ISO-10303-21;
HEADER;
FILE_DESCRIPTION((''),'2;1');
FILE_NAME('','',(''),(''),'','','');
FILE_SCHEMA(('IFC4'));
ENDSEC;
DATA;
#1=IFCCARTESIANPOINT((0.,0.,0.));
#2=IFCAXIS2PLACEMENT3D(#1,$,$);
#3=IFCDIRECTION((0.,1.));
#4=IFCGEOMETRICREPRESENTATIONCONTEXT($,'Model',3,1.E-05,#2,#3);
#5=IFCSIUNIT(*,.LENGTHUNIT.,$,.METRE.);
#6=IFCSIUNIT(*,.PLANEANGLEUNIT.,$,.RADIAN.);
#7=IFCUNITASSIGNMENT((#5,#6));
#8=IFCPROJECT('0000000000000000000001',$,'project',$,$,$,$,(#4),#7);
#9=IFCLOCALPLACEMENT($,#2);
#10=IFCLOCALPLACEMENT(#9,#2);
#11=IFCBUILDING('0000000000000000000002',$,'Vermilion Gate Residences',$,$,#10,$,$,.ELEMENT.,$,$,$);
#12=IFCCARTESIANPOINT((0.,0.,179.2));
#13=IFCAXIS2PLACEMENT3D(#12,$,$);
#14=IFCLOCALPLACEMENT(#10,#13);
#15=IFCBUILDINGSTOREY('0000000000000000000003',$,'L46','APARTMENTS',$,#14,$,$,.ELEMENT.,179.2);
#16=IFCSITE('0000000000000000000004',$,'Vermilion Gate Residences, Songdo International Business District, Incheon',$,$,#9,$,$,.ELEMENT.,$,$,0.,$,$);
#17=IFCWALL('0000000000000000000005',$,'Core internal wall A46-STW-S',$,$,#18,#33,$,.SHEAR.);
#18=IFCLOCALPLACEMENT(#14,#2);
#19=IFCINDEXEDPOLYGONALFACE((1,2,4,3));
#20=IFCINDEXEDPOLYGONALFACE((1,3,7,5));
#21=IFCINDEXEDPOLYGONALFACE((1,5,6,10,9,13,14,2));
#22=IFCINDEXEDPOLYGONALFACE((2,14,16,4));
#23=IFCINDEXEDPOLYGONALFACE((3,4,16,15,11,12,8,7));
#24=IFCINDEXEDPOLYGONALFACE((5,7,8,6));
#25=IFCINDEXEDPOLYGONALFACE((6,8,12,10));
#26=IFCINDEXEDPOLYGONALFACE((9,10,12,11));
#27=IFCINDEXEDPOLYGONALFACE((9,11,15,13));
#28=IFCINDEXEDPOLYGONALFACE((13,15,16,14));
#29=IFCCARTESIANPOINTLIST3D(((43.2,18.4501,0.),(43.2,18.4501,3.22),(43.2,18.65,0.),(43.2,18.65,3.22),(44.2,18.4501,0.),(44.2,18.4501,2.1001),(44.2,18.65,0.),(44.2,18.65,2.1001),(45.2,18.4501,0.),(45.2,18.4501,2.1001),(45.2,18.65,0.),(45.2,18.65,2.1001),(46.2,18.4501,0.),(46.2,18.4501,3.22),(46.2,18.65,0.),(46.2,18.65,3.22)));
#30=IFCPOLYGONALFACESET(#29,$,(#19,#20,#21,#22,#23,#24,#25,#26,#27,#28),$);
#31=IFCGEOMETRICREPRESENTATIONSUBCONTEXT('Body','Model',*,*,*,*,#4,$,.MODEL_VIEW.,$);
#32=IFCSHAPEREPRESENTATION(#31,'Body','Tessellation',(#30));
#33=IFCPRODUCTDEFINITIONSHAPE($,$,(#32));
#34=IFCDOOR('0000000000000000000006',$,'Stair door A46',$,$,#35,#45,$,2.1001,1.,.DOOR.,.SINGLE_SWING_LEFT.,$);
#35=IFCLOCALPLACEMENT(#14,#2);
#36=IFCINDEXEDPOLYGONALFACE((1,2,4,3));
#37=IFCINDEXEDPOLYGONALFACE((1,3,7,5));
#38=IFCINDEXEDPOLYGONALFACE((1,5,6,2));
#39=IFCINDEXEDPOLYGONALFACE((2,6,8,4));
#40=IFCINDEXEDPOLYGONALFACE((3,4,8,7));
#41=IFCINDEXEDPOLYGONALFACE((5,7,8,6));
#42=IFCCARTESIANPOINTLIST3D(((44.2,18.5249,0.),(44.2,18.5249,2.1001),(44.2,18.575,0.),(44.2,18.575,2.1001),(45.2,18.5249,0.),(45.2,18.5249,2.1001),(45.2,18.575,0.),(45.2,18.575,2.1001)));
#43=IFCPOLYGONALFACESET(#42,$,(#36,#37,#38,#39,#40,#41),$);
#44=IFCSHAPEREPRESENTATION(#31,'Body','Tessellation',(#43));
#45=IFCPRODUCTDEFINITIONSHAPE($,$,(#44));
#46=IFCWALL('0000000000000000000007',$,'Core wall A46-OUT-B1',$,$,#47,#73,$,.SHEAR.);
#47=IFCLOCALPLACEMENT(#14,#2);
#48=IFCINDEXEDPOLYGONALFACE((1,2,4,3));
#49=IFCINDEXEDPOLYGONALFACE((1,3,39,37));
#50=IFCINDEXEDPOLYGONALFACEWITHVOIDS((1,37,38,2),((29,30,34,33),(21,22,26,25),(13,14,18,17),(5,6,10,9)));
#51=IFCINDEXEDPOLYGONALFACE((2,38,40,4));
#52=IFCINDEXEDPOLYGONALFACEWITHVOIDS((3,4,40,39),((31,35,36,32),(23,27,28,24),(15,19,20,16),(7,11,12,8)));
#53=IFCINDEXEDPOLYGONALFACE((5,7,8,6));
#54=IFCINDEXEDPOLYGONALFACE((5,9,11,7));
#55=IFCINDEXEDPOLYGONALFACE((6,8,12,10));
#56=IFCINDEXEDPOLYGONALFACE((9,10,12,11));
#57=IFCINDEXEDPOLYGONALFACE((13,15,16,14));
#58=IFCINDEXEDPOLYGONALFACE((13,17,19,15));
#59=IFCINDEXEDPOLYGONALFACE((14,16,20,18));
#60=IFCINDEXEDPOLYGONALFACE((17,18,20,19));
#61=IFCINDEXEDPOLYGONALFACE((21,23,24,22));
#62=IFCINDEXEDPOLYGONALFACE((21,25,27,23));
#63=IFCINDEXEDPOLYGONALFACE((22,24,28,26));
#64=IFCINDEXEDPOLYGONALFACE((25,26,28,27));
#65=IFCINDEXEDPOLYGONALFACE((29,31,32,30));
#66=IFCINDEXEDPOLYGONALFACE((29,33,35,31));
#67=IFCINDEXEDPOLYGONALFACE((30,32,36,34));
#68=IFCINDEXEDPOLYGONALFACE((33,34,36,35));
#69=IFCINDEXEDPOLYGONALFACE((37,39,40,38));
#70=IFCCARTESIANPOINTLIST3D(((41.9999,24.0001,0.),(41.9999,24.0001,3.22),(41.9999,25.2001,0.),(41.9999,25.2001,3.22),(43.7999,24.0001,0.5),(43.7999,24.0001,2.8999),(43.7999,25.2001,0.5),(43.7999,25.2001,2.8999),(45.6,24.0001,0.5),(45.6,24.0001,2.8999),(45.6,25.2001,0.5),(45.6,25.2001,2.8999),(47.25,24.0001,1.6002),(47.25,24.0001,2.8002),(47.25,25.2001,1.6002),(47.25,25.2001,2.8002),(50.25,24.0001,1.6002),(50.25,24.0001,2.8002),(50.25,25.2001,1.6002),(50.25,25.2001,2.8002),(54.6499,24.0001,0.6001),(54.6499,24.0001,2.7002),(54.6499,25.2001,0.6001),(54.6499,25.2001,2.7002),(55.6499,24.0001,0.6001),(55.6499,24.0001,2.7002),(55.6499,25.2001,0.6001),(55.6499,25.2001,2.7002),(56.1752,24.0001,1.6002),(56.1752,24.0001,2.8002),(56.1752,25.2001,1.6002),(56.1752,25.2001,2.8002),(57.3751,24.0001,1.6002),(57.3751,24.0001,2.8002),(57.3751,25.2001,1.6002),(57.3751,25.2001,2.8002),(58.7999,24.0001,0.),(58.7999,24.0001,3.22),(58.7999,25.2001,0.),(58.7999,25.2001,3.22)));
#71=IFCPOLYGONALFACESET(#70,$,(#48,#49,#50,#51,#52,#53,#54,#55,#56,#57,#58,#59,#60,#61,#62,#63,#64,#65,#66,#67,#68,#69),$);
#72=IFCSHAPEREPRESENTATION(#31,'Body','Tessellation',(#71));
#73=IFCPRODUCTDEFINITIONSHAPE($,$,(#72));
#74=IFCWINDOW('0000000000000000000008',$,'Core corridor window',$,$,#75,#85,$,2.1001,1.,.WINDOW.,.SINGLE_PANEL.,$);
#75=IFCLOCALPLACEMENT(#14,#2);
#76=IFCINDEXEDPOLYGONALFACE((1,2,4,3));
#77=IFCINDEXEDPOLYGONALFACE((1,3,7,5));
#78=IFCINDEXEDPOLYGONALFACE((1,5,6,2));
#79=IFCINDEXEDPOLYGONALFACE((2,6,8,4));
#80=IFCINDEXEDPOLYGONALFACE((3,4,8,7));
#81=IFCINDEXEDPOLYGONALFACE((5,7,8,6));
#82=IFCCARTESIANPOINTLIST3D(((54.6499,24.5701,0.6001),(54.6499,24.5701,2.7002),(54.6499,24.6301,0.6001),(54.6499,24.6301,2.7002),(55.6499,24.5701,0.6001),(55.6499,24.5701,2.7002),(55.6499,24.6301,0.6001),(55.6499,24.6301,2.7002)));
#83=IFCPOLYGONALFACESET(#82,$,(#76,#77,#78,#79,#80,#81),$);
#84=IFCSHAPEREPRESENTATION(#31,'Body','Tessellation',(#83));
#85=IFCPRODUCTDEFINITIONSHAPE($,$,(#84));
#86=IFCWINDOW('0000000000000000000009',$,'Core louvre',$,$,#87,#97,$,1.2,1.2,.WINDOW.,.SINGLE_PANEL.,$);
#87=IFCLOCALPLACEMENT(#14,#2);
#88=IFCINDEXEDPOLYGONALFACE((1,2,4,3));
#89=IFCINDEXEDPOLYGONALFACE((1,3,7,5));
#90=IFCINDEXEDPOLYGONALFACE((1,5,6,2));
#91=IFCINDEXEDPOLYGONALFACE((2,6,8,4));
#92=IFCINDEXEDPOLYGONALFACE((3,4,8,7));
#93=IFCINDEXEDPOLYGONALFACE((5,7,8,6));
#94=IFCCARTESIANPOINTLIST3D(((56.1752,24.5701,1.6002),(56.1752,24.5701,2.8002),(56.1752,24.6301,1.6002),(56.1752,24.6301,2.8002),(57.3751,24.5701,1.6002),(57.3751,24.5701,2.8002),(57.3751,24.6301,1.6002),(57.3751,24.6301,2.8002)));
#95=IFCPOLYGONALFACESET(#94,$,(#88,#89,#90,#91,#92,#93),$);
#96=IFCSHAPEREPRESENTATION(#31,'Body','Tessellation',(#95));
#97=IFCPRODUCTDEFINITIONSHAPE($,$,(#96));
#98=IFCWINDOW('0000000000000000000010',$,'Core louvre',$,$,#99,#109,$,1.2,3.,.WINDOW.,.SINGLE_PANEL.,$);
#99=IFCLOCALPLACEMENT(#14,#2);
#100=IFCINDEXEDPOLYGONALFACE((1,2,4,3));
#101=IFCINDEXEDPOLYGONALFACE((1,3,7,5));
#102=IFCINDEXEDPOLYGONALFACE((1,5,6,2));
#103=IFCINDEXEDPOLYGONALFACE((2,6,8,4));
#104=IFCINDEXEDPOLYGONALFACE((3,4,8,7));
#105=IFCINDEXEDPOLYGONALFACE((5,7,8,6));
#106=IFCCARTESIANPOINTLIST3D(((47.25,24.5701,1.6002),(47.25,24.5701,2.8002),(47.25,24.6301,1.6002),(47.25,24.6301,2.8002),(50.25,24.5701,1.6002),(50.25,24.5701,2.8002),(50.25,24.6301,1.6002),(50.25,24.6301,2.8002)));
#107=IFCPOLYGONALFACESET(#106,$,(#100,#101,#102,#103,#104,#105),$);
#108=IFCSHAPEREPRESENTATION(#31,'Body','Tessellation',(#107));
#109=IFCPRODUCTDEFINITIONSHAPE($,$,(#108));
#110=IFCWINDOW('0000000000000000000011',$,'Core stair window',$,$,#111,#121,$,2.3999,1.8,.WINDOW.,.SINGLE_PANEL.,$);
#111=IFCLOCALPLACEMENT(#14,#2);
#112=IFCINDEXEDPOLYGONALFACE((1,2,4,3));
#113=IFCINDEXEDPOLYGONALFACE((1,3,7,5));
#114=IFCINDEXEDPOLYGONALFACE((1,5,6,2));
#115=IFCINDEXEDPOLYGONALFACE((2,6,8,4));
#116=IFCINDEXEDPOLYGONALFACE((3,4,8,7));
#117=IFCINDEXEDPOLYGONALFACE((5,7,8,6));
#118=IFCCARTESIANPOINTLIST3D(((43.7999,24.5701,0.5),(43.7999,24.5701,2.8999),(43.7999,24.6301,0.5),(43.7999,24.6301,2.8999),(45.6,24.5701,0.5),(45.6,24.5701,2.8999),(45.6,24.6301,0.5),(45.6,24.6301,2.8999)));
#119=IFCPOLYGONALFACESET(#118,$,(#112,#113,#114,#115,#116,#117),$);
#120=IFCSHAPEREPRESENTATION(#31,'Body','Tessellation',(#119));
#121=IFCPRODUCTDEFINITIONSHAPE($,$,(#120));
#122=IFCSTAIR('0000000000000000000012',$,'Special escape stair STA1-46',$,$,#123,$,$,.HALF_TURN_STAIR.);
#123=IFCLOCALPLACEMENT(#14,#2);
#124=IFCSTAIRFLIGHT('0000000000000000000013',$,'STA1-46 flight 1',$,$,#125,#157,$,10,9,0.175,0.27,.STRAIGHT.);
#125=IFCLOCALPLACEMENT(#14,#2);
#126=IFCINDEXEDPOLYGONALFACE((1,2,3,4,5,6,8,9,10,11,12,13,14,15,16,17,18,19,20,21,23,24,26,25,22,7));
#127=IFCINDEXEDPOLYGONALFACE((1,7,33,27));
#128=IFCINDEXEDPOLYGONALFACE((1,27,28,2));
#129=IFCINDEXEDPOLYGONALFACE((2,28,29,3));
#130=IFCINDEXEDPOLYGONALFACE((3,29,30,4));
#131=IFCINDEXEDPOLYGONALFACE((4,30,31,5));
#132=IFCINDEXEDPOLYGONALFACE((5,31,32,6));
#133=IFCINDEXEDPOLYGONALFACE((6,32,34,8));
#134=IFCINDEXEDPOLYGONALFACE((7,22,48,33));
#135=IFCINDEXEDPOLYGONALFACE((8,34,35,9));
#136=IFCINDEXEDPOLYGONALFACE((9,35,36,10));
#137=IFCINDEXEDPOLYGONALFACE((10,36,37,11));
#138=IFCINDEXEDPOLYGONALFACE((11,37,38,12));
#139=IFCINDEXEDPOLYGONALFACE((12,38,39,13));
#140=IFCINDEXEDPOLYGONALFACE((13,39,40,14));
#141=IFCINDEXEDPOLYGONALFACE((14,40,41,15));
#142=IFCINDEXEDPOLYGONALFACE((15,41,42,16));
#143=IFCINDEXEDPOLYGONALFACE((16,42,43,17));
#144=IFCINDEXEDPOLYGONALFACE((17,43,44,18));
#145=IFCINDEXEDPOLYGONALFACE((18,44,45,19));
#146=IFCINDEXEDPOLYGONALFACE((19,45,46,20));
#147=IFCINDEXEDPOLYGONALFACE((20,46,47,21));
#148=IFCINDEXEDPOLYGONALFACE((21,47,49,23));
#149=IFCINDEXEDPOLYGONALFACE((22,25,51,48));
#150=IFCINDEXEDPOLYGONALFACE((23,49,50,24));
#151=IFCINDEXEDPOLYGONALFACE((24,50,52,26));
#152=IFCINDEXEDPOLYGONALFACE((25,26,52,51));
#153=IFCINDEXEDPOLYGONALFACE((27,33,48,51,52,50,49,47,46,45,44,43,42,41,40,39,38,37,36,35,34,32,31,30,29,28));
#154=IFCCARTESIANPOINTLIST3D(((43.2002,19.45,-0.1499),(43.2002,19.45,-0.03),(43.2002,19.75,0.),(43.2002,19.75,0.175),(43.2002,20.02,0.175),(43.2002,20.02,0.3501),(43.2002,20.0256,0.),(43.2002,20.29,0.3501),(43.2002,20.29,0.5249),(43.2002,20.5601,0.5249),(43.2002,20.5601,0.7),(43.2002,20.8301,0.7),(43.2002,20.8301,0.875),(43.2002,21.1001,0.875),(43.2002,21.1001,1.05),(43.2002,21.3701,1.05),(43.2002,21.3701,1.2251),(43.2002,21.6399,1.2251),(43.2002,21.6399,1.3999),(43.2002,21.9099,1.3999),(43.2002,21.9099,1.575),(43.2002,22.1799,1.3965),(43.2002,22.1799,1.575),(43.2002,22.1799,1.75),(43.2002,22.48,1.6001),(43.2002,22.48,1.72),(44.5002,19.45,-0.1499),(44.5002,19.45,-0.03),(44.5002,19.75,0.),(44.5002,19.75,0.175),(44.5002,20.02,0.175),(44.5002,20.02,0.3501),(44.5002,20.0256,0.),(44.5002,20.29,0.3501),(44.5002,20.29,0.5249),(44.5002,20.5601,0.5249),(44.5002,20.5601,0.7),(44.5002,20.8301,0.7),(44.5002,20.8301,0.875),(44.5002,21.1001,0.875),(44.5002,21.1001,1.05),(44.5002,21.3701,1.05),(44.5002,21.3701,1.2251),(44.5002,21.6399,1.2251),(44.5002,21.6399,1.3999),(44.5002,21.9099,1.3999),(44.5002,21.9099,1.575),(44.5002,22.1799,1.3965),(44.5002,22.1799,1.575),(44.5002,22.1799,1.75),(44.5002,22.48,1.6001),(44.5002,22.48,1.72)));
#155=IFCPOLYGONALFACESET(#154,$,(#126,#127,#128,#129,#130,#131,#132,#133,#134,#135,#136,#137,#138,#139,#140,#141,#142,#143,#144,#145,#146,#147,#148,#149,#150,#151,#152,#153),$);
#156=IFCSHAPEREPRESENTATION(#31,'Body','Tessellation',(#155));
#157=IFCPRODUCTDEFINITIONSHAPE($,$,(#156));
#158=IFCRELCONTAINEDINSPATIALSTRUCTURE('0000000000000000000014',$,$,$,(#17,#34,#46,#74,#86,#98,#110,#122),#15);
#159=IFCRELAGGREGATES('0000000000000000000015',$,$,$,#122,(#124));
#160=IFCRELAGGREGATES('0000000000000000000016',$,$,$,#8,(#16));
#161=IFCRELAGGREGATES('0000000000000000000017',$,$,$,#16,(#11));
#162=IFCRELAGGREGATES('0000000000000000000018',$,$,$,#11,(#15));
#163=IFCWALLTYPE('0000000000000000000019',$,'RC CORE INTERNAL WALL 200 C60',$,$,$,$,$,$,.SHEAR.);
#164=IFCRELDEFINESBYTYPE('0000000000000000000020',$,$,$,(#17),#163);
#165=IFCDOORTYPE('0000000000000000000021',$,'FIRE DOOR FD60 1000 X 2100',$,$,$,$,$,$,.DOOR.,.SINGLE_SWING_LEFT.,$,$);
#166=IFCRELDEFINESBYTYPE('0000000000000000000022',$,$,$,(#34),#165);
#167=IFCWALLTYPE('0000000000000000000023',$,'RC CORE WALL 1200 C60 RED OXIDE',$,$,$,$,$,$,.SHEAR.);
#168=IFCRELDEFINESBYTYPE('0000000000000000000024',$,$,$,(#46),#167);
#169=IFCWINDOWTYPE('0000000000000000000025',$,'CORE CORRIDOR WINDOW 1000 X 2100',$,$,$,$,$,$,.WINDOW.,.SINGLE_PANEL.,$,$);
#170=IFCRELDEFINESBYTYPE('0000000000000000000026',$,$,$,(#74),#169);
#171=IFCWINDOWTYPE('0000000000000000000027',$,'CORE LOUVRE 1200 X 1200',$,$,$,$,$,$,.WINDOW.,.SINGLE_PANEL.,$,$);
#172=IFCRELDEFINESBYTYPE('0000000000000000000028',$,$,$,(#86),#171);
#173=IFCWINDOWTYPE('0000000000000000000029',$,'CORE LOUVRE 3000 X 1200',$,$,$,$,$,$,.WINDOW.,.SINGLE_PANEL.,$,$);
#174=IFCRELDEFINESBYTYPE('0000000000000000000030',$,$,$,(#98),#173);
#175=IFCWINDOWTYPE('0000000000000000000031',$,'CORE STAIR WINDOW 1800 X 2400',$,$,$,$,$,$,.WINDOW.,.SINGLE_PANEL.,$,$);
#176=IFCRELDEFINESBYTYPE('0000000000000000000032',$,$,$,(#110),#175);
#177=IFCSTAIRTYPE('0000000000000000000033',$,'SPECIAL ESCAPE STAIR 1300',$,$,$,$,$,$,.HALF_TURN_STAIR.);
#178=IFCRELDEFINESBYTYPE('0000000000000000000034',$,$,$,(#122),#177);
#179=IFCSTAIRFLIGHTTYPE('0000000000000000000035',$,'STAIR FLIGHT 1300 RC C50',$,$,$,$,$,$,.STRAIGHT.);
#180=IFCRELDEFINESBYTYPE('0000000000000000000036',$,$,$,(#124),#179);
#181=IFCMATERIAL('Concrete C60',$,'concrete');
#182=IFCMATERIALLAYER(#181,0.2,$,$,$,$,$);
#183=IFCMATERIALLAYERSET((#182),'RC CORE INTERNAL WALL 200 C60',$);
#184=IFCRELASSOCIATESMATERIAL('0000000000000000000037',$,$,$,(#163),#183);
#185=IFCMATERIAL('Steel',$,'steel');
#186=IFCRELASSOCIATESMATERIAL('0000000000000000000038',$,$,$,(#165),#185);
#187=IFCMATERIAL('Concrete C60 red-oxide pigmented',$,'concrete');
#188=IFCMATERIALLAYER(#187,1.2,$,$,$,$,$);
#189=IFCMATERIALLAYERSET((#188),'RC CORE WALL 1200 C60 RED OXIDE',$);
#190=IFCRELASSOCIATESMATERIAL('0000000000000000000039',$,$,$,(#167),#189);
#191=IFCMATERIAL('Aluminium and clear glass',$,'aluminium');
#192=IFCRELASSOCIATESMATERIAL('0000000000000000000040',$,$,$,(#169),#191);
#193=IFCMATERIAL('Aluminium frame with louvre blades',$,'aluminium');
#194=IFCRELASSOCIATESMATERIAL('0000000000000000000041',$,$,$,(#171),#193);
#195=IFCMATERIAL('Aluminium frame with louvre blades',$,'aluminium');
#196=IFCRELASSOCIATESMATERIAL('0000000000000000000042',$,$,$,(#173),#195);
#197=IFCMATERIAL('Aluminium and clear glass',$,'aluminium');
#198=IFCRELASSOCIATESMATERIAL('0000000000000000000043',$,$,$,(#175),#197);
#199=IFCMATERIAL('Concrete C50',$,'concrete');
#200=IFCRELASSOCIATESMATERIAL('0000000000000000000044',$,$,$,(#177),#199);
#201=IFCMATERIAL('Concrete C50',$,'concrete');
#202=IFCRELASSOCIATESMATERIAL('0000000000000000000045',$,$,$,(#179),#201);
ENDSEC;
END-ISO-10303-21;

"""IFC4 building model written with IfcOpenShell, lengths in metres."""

from ifc_helpers import new_model, si_unit, direction, frame, frame_2d, origin, place, context, subcontext, project, spatial, polyline, rectangle, outline, extrude, material, layer, layer_set, type_object, element, fill, aggregate, save


model = new_model("IFC4")

# Units and contexts
model_context = context("Model", 3, precision=1e-05, world=origin(), true_north=direction((0.0, 1.0)))
body_context = subcontext(model_context, "Body", "Model", "MODEL_VIEW")
ifc_project = project(units=[si_unit("LENGTHUNIT", "METRE"), si_unit("PLANEANGLEUNIT", "RADIAN")], contexts=[model_context])

# Site, building, storey
site_placement = place(None, origin())
site = spatial("IfcSite", under=ifc_project, at=site_placement, Name="Vermilion Gate Residences, Songdo International Business District, Incheon", CompositionType="ELEMENT", RefElevation=0.0)
building_placement = place(site_placement, origin())
building = spatial("IfcBuilding", under=site, at=building_placement, Name="Vermilion Gate Residences", CompositionType="ELEMENT")
storey_placement = place(building_placement, frame((0.0, 0.0, 179.2)))
storey = spatial("IfcBuildingStorey", under=building, at=storey_placement, Name="L46", Description="APARTMENTS", CompositionType="ELEMENT", Elevation=179.2)

# Shared definitions
ifc_material_1 = material(Name="Concrete C60", Category="concrete")
ifc_layer_1 = layer(ifc_material_1, 0.2)
ifc_layer_set_1 = layer_set([ifc_layer_1], Name="RC CORE INTERNAL WALL 200 C60")
wall_type_1 = type_object("IfcWallType", Name="RC CORE INTERNAL WALL 200 C60", PredefinedType="SHEAR", material=ifc_layer_set_1)

# Wall, opening, door
wall_1_placement = place(storey_placement, frame((43.2, 18.55, 0.0), z_axis=(0.0, 0.0, 1.0), x_axis=(1.0, 0.0, 0.0)))
wall_1 = element("IfcWall", 1, at=wall_1_placement, inside=storey, type_object=wall_type_1, Name="Core internal wall A46-STW-S", PredefinedType="SHEAR", context=body_context, shape_type="SweptSolid", body=[
    extrude(rectangle(XDim=3.0, YDim=0.2, at=frame_2d((1.5, 0.0))), origin(), (0.0, 0.0, 1.0), 3.22),
])
opening_1_placement = place(wall_1_placement, frame((1.0, 0.0, 0.0)))
opening_1 = element("IfcOpeningElement", 2, at=opening_1_placement, cuts=wall_1, PredefinedType="OPENING", context=body_context, shape_type="SweptSolid", body=[
    extrude(rectangle(XDim=1.0, YDim=2.1001, at=frame_2d((0.5, 1.05))), frame((0.0, 0.1099, 0.0), z_axis=(0.0, -1.0, 0.0), x_axis=(1.0, 0.0, 0.0)), (0.0, 0.0, 1.0), 0.22),
])
ifc_material_2 = material(Name="Steel", Category="steel")
door_type_1 = type_object("IfcDoorType", Name="FIRE DOOR FD60 1000 X 2100", OperationType="SINGLE_SWING_LEFT", PredefinedType="DOOR", material=ifc_material_2)
door_1_placement = place(opening_1_placement, origin())
door_1 = element("IfcDoor", 3, at=door_1_placement, inside=storey, type_object=door_type_1, Name="Stair door A46", OperationType="SINGLE_SWING_LEFT", OverallHeight=2.1001, OverallWidth=1.0, PredefinedType="DOOR", context=body_context, shape_type="SweptSolid", body=[
    extrude(rectangle(XDim=1.0, YDim=2.1001, at=frame_2d((0.5, 1.05))), frame((0.0, 0.0249, 0.0), z_axis=(0.0, -1.0, 0.0), x_axis=(1.0, 0.0, 0.0)), (0.0, 0.0, 1.0), 0.05),
])
fill(opening_1, door_1)

# Wall, openings, windows
ifc_material_3 = material(Name="Concrete C60 red-oxide pigmented", Category="concrete")
ifc_layer_2 = layer(ifc_material_3, 1.2)
ifc_layer_set_2 = layer_set([ifc_layer_2], Name="RC CORE WALL 1200 C60 RED OXIDE")
wall_type_2 = type_object("IfcWallType", Name="RC CORE WALL 1200 C60 RED OXIDE", PredefinedType="SHEAR", material=ifc_layer_set_2)
wall_2_placement = place(storey_placement, frame((42.0, 24.6001, 0.0), z_axis=(0.0, 0.0, 1.0), x_axis=(1.0, 0.0, 0.0)))
wall_2 = element("IfcWall", 4, at=wall_2_placement, inside=storey, type_object=wall_type_2, Name="Core wall A46-OUT-B1", PredefinedType="SHEAR", context=body_context, shape_type="SweptSolid", body=[
    extrude(rectangle(XDim=16.8, YDim=1.2, at=frame_2d((8.3999, 0.0))), origin(), (0.0, 0.0, 1.0), 3.22),
])
opening_2_placement = place(wall_2_placement, frame((1.8, 0.0, 0.5)))
opening_2 = element("IfcOpeningElement", 5, at=opening_2_placement, cuts=wall_2, PredefinedType="OPENING", context=body_context, shape_type="SweptSolid", body=[
    extrude(rectangle(XDim=1.8, YDim=2.3999, at=frame_2d((0.8999, 1.2))), frame((0.0, 0.6099, 0.0), z_axis=(0.0, -1.0, 0.0), x_axis=(1.0, 0.0, 0.0)), (0.0, 0.0, 1.0), 1.22),
])
opening_3_placement = place(wall_2_placement, frame((5.25, 0.0, 1.6001)))
opening_3 = element("IfcOpeningElement", 6, at=opening_3_placement, cuts=wall_2, PredefinedType="OPENING", context=body_context, shape_type="SweptSolid", body=[
    extrude(rectangle(XDim=3.0, YDim=1.2, at=frame_2d((1.5, 0.6001))), frame((0.0, 0.6099, 0.0), z_axis=(0.0, -1.0, 0.0), x_axis=(1.0, 0.0, 0.0)), (0.0, 0.0, 1.0), 1.22),
])
opening_4_placement = place(wall_2_placement, frame((12.6499, 0.0, 0.6001)))
opening_4 = element("IfcOpeningElement", 7, at=opening_4_placement, cuts=wall_2, PredefinedType="OPENING", context=body_context, shape_type="SweptSolid", body=[
    extrude(rectangle(XDim=1.0, YDim=2.1001, at=frame_2d((0.5, 1.05))), frame((0.0, 0.6099, 0.0), z_axis=(0.0, -1.0, 0.0), x_axis=(1.0, 0.0, 0.0)), (0.0, 0.0, 1.0), 1.22),
])
opening_5_placement = place(wall_2_placement, frame((14.175, 0.0, 1.6001)))
opening_5 = element("IfcOpeningElement", 8, at=opening_5_placement, cuts=wall_2, PredefinedType="OPENING", context=body_context, shape_type="SweptSolid", body=[
    extrude(rectangle(XDim=1.2, YDim=1.2, at=frame_2d((0.6001, 0.6001))), frame((0.0, 0.6099, 0.0), z_axis=(0.0, -1.0, 0.0), x_axis=(1.0, 0.0, 0.0)), (0.0, 0.0, 1.0), 1.22),
])
ifc_material_4 = material(Name="Aluminium and clear glass", Category="aluminium")
window_type_1 = type_object("IfcWindowType", Name="CORE CORRIDOR WINDOW 1000 X 2100", PartitioningType="SINGLE_PANEL", PredefinedType="WINDOW", material=ifc_material_4)
window_1_placement = place(opening_4_placement, origin())
window_1 = element("IfcWindow", 9, at=window_1_placement, inside=storey, type_object=window_type_1, Name="Core corridor window", OverallHeight=2.1001, OverallWidth=1.0, PartitioningType="SINGLE_PANEL", PredefinedType="WINDOW", context=body_context, shape_type="SweptSolid", body=[
    extrude(rectangle(XDim=1.0, YDim=2.1001, at=frame_2d((0.5, 1.05))), frame((0.0, 0.03, 0.0), z_axis=(0.0, -1.0, 0.0), x_axis=(1.0, 0.0, 0.0)), (0.0, 0.0, 1.0), 0.0601),
])
fill(opening_4, window_1)
ifc_material_5 = material(Name="Aluminium frame with louvre blades", Category="aluminium")
window_type_2 = type_object("IfcWindowType", Name="CORE LOUVRE 1200 X 1200", PartitioningType="SINGLE_PANEL", PredefinedType="WINDOW", material=ifc_material_5)
window_2_placement = place(opening_5_placement, origin())
window_2 = element("IfcWindow", 10, at=window_2_placement, inside=storey, type_object=window_type_2, Name="Core louvre", OverallHeight=1.2, OverallWidth=1.2, PartitioningType="SINGLE_PANEL", PredefinedType="WINDOW", context=body_context, shape_type="SweptSolid", body=[
    extrude(rectangle(XDim=1.2, YDim=1.2, at=frame_2d((0.6001, 0.6001))), frame((0.0, 0.03, 0.0), z_axis=(0.0, -1.0, 0.0), x_axis=(1.0, 0.0, 0.0)), (0.0, 0.0, 1.0), 0.0601),
])
fill(opening_5, window_2)
ifc_material_6 = material(Name="Aluminium frame with louvre blades", Category="aluminium")
window_type_3 = type_object("IfcWindowType", Name="CORE LOUVRE 3000 X 1200", PartitioningType="SINGLE_PANEL", PredefinedType="WINDOW", material=ifc_material_6)
window_3_placement = place(opening_3_placement, origin())
window_3 = element("IfcWindow", 11, at=window_3_placement, inside=storey, type_object=window_type_3, Name="Core louvre", OverallHeight=1.2, OverallWidth=3.0, PartitioningType="SINGLE_PANEL", PredefinedType="WINDOW", context=body_context, shape_type="SweptSolid", body=[
    extrude(rectangle(XDim=3.0, YDim=1.2, at=frame_2d((1.5, 0.6001))), frame((0.0, 0.03, 0.0), z_axis=(0.0, -1.0, 0.0), x_axis=(1.0, 0.0, 0.0)), (0.0, 0.0, 1.0), 0.0601),
])
fill(opening_3, window_3)
ifc_material_7 = material(Name="Aluminium and clear glass", Category="aluminium")
window_type_4 = type_object("IfcWindowType", Name="CORE STAIR WINDOW 1800 X 2400", PartitioningType="SINGLE_PANEL", PredefinedType="WINDOW", material=ifc_material_7)
window_4_placement = place(opening_2_placement, origin())
window_4 = element("IfcWindow", 12, at=window_4_placement, inside=storey, type_object=window_type_4, Name="Core stair window", OverallHeight=2.3999, OverallWidth=1.8, PartitioningType="SINGLE_PANEL", PredefinedType="WINDOW", context=body_context, shape_type="SweptSolid", body=[
    extrude(rectangle(XDim=1.8, YDim=2.3999, at=frame_2d((0.8999, 1.2))), frame((0.0, 0.03, 0.0), z_axis=(0.0, -1.0, 0.0), x_axis=(1.0, 0.0, 0.0)), (0.0, 0.0, 1.0), 0.0601),
])
fill(opening_2, window_4)

# Stair, stair flight
ifc_material_8 = material(Name="Concrete C50", Category="concrete")
stair_type = type_object("IfcStairType", Name="SPECIAL ESCAPE STAIR 1300", PredefinedType="HALF_TURN_STAIR", material=ifc_material_8)
stair_placement = place(storey_placement, origin())
stair = element("IfcStair", 13, at=stair_placement, inside=storey, type_object=stair_type, Name="Special escape stair STA1-46", PredefinedType="HALF_TURN_STAIR")
ifc_material_9 = material(Name="Concrete C50", Category="concrete")
stair_flight_type = type_object("IfcStairFlightType", Name="STAIR FLIGHT 1300 RC C50", PredefinedType="STRAIGHT", material=ifc_material_9)
stair_flight_1_placement = place(storey_placement, frame((43.8501, 19.75, 0.0), z_axis=(0.0, 0.0, 1.0), x_axis=(0.0, 1.0, 0.0)))
stair_flight_1 = element("IfcStairFlight", 14, at=stair_flight_1_placement, type_object=stair_flight_type, Name="STA1-46 flight 1", NumberOfRisers=10, NumberOfTreads=9, PredefinedType="STRAIGHT", RiserHeight=0.175, TreadLength=0.27, context=body_context, shape_type="SweptSolid", body=[
    extrude(outline(polyline([(-0.3, -0.1499), (-0.3, -0.03), (0.0, 0.0), (0.0, 0.175), (0.27, 0.175), (0.27, 0.3501), (0.54, 0.3501), (0.54, 0.5249), (0.8101, 0.5249), (0.8101, 0.7), (1.0801, 0.7), (1.0801, 0.875), (1.3501, 0.875), (1.3501, 1.05), (1.6201, 1.05), (1.6201, 1.2251), (1.8899, 1.2251), (1.8899, 1.3999), (2.1599, 1.3999), (2.1599, 1.575), (2.4299, 1.575), (2.4299, 1.75), (2.73, 1.72), (2.73, 1.6001), (2.4299, 1.3965), (0.2756, 0.0), (-0.3, -0.1499)])), frame((0.0, 0.6499, 0.0), z_axis=(0.0, -1.0, 0.0), x_axis=(1.0, 0.0, 0.0)), (0.0, 0.0, 1.0), 1.3),
])
aggregate(stair, [stair_flight_1])

save(model, "model.ifc")
